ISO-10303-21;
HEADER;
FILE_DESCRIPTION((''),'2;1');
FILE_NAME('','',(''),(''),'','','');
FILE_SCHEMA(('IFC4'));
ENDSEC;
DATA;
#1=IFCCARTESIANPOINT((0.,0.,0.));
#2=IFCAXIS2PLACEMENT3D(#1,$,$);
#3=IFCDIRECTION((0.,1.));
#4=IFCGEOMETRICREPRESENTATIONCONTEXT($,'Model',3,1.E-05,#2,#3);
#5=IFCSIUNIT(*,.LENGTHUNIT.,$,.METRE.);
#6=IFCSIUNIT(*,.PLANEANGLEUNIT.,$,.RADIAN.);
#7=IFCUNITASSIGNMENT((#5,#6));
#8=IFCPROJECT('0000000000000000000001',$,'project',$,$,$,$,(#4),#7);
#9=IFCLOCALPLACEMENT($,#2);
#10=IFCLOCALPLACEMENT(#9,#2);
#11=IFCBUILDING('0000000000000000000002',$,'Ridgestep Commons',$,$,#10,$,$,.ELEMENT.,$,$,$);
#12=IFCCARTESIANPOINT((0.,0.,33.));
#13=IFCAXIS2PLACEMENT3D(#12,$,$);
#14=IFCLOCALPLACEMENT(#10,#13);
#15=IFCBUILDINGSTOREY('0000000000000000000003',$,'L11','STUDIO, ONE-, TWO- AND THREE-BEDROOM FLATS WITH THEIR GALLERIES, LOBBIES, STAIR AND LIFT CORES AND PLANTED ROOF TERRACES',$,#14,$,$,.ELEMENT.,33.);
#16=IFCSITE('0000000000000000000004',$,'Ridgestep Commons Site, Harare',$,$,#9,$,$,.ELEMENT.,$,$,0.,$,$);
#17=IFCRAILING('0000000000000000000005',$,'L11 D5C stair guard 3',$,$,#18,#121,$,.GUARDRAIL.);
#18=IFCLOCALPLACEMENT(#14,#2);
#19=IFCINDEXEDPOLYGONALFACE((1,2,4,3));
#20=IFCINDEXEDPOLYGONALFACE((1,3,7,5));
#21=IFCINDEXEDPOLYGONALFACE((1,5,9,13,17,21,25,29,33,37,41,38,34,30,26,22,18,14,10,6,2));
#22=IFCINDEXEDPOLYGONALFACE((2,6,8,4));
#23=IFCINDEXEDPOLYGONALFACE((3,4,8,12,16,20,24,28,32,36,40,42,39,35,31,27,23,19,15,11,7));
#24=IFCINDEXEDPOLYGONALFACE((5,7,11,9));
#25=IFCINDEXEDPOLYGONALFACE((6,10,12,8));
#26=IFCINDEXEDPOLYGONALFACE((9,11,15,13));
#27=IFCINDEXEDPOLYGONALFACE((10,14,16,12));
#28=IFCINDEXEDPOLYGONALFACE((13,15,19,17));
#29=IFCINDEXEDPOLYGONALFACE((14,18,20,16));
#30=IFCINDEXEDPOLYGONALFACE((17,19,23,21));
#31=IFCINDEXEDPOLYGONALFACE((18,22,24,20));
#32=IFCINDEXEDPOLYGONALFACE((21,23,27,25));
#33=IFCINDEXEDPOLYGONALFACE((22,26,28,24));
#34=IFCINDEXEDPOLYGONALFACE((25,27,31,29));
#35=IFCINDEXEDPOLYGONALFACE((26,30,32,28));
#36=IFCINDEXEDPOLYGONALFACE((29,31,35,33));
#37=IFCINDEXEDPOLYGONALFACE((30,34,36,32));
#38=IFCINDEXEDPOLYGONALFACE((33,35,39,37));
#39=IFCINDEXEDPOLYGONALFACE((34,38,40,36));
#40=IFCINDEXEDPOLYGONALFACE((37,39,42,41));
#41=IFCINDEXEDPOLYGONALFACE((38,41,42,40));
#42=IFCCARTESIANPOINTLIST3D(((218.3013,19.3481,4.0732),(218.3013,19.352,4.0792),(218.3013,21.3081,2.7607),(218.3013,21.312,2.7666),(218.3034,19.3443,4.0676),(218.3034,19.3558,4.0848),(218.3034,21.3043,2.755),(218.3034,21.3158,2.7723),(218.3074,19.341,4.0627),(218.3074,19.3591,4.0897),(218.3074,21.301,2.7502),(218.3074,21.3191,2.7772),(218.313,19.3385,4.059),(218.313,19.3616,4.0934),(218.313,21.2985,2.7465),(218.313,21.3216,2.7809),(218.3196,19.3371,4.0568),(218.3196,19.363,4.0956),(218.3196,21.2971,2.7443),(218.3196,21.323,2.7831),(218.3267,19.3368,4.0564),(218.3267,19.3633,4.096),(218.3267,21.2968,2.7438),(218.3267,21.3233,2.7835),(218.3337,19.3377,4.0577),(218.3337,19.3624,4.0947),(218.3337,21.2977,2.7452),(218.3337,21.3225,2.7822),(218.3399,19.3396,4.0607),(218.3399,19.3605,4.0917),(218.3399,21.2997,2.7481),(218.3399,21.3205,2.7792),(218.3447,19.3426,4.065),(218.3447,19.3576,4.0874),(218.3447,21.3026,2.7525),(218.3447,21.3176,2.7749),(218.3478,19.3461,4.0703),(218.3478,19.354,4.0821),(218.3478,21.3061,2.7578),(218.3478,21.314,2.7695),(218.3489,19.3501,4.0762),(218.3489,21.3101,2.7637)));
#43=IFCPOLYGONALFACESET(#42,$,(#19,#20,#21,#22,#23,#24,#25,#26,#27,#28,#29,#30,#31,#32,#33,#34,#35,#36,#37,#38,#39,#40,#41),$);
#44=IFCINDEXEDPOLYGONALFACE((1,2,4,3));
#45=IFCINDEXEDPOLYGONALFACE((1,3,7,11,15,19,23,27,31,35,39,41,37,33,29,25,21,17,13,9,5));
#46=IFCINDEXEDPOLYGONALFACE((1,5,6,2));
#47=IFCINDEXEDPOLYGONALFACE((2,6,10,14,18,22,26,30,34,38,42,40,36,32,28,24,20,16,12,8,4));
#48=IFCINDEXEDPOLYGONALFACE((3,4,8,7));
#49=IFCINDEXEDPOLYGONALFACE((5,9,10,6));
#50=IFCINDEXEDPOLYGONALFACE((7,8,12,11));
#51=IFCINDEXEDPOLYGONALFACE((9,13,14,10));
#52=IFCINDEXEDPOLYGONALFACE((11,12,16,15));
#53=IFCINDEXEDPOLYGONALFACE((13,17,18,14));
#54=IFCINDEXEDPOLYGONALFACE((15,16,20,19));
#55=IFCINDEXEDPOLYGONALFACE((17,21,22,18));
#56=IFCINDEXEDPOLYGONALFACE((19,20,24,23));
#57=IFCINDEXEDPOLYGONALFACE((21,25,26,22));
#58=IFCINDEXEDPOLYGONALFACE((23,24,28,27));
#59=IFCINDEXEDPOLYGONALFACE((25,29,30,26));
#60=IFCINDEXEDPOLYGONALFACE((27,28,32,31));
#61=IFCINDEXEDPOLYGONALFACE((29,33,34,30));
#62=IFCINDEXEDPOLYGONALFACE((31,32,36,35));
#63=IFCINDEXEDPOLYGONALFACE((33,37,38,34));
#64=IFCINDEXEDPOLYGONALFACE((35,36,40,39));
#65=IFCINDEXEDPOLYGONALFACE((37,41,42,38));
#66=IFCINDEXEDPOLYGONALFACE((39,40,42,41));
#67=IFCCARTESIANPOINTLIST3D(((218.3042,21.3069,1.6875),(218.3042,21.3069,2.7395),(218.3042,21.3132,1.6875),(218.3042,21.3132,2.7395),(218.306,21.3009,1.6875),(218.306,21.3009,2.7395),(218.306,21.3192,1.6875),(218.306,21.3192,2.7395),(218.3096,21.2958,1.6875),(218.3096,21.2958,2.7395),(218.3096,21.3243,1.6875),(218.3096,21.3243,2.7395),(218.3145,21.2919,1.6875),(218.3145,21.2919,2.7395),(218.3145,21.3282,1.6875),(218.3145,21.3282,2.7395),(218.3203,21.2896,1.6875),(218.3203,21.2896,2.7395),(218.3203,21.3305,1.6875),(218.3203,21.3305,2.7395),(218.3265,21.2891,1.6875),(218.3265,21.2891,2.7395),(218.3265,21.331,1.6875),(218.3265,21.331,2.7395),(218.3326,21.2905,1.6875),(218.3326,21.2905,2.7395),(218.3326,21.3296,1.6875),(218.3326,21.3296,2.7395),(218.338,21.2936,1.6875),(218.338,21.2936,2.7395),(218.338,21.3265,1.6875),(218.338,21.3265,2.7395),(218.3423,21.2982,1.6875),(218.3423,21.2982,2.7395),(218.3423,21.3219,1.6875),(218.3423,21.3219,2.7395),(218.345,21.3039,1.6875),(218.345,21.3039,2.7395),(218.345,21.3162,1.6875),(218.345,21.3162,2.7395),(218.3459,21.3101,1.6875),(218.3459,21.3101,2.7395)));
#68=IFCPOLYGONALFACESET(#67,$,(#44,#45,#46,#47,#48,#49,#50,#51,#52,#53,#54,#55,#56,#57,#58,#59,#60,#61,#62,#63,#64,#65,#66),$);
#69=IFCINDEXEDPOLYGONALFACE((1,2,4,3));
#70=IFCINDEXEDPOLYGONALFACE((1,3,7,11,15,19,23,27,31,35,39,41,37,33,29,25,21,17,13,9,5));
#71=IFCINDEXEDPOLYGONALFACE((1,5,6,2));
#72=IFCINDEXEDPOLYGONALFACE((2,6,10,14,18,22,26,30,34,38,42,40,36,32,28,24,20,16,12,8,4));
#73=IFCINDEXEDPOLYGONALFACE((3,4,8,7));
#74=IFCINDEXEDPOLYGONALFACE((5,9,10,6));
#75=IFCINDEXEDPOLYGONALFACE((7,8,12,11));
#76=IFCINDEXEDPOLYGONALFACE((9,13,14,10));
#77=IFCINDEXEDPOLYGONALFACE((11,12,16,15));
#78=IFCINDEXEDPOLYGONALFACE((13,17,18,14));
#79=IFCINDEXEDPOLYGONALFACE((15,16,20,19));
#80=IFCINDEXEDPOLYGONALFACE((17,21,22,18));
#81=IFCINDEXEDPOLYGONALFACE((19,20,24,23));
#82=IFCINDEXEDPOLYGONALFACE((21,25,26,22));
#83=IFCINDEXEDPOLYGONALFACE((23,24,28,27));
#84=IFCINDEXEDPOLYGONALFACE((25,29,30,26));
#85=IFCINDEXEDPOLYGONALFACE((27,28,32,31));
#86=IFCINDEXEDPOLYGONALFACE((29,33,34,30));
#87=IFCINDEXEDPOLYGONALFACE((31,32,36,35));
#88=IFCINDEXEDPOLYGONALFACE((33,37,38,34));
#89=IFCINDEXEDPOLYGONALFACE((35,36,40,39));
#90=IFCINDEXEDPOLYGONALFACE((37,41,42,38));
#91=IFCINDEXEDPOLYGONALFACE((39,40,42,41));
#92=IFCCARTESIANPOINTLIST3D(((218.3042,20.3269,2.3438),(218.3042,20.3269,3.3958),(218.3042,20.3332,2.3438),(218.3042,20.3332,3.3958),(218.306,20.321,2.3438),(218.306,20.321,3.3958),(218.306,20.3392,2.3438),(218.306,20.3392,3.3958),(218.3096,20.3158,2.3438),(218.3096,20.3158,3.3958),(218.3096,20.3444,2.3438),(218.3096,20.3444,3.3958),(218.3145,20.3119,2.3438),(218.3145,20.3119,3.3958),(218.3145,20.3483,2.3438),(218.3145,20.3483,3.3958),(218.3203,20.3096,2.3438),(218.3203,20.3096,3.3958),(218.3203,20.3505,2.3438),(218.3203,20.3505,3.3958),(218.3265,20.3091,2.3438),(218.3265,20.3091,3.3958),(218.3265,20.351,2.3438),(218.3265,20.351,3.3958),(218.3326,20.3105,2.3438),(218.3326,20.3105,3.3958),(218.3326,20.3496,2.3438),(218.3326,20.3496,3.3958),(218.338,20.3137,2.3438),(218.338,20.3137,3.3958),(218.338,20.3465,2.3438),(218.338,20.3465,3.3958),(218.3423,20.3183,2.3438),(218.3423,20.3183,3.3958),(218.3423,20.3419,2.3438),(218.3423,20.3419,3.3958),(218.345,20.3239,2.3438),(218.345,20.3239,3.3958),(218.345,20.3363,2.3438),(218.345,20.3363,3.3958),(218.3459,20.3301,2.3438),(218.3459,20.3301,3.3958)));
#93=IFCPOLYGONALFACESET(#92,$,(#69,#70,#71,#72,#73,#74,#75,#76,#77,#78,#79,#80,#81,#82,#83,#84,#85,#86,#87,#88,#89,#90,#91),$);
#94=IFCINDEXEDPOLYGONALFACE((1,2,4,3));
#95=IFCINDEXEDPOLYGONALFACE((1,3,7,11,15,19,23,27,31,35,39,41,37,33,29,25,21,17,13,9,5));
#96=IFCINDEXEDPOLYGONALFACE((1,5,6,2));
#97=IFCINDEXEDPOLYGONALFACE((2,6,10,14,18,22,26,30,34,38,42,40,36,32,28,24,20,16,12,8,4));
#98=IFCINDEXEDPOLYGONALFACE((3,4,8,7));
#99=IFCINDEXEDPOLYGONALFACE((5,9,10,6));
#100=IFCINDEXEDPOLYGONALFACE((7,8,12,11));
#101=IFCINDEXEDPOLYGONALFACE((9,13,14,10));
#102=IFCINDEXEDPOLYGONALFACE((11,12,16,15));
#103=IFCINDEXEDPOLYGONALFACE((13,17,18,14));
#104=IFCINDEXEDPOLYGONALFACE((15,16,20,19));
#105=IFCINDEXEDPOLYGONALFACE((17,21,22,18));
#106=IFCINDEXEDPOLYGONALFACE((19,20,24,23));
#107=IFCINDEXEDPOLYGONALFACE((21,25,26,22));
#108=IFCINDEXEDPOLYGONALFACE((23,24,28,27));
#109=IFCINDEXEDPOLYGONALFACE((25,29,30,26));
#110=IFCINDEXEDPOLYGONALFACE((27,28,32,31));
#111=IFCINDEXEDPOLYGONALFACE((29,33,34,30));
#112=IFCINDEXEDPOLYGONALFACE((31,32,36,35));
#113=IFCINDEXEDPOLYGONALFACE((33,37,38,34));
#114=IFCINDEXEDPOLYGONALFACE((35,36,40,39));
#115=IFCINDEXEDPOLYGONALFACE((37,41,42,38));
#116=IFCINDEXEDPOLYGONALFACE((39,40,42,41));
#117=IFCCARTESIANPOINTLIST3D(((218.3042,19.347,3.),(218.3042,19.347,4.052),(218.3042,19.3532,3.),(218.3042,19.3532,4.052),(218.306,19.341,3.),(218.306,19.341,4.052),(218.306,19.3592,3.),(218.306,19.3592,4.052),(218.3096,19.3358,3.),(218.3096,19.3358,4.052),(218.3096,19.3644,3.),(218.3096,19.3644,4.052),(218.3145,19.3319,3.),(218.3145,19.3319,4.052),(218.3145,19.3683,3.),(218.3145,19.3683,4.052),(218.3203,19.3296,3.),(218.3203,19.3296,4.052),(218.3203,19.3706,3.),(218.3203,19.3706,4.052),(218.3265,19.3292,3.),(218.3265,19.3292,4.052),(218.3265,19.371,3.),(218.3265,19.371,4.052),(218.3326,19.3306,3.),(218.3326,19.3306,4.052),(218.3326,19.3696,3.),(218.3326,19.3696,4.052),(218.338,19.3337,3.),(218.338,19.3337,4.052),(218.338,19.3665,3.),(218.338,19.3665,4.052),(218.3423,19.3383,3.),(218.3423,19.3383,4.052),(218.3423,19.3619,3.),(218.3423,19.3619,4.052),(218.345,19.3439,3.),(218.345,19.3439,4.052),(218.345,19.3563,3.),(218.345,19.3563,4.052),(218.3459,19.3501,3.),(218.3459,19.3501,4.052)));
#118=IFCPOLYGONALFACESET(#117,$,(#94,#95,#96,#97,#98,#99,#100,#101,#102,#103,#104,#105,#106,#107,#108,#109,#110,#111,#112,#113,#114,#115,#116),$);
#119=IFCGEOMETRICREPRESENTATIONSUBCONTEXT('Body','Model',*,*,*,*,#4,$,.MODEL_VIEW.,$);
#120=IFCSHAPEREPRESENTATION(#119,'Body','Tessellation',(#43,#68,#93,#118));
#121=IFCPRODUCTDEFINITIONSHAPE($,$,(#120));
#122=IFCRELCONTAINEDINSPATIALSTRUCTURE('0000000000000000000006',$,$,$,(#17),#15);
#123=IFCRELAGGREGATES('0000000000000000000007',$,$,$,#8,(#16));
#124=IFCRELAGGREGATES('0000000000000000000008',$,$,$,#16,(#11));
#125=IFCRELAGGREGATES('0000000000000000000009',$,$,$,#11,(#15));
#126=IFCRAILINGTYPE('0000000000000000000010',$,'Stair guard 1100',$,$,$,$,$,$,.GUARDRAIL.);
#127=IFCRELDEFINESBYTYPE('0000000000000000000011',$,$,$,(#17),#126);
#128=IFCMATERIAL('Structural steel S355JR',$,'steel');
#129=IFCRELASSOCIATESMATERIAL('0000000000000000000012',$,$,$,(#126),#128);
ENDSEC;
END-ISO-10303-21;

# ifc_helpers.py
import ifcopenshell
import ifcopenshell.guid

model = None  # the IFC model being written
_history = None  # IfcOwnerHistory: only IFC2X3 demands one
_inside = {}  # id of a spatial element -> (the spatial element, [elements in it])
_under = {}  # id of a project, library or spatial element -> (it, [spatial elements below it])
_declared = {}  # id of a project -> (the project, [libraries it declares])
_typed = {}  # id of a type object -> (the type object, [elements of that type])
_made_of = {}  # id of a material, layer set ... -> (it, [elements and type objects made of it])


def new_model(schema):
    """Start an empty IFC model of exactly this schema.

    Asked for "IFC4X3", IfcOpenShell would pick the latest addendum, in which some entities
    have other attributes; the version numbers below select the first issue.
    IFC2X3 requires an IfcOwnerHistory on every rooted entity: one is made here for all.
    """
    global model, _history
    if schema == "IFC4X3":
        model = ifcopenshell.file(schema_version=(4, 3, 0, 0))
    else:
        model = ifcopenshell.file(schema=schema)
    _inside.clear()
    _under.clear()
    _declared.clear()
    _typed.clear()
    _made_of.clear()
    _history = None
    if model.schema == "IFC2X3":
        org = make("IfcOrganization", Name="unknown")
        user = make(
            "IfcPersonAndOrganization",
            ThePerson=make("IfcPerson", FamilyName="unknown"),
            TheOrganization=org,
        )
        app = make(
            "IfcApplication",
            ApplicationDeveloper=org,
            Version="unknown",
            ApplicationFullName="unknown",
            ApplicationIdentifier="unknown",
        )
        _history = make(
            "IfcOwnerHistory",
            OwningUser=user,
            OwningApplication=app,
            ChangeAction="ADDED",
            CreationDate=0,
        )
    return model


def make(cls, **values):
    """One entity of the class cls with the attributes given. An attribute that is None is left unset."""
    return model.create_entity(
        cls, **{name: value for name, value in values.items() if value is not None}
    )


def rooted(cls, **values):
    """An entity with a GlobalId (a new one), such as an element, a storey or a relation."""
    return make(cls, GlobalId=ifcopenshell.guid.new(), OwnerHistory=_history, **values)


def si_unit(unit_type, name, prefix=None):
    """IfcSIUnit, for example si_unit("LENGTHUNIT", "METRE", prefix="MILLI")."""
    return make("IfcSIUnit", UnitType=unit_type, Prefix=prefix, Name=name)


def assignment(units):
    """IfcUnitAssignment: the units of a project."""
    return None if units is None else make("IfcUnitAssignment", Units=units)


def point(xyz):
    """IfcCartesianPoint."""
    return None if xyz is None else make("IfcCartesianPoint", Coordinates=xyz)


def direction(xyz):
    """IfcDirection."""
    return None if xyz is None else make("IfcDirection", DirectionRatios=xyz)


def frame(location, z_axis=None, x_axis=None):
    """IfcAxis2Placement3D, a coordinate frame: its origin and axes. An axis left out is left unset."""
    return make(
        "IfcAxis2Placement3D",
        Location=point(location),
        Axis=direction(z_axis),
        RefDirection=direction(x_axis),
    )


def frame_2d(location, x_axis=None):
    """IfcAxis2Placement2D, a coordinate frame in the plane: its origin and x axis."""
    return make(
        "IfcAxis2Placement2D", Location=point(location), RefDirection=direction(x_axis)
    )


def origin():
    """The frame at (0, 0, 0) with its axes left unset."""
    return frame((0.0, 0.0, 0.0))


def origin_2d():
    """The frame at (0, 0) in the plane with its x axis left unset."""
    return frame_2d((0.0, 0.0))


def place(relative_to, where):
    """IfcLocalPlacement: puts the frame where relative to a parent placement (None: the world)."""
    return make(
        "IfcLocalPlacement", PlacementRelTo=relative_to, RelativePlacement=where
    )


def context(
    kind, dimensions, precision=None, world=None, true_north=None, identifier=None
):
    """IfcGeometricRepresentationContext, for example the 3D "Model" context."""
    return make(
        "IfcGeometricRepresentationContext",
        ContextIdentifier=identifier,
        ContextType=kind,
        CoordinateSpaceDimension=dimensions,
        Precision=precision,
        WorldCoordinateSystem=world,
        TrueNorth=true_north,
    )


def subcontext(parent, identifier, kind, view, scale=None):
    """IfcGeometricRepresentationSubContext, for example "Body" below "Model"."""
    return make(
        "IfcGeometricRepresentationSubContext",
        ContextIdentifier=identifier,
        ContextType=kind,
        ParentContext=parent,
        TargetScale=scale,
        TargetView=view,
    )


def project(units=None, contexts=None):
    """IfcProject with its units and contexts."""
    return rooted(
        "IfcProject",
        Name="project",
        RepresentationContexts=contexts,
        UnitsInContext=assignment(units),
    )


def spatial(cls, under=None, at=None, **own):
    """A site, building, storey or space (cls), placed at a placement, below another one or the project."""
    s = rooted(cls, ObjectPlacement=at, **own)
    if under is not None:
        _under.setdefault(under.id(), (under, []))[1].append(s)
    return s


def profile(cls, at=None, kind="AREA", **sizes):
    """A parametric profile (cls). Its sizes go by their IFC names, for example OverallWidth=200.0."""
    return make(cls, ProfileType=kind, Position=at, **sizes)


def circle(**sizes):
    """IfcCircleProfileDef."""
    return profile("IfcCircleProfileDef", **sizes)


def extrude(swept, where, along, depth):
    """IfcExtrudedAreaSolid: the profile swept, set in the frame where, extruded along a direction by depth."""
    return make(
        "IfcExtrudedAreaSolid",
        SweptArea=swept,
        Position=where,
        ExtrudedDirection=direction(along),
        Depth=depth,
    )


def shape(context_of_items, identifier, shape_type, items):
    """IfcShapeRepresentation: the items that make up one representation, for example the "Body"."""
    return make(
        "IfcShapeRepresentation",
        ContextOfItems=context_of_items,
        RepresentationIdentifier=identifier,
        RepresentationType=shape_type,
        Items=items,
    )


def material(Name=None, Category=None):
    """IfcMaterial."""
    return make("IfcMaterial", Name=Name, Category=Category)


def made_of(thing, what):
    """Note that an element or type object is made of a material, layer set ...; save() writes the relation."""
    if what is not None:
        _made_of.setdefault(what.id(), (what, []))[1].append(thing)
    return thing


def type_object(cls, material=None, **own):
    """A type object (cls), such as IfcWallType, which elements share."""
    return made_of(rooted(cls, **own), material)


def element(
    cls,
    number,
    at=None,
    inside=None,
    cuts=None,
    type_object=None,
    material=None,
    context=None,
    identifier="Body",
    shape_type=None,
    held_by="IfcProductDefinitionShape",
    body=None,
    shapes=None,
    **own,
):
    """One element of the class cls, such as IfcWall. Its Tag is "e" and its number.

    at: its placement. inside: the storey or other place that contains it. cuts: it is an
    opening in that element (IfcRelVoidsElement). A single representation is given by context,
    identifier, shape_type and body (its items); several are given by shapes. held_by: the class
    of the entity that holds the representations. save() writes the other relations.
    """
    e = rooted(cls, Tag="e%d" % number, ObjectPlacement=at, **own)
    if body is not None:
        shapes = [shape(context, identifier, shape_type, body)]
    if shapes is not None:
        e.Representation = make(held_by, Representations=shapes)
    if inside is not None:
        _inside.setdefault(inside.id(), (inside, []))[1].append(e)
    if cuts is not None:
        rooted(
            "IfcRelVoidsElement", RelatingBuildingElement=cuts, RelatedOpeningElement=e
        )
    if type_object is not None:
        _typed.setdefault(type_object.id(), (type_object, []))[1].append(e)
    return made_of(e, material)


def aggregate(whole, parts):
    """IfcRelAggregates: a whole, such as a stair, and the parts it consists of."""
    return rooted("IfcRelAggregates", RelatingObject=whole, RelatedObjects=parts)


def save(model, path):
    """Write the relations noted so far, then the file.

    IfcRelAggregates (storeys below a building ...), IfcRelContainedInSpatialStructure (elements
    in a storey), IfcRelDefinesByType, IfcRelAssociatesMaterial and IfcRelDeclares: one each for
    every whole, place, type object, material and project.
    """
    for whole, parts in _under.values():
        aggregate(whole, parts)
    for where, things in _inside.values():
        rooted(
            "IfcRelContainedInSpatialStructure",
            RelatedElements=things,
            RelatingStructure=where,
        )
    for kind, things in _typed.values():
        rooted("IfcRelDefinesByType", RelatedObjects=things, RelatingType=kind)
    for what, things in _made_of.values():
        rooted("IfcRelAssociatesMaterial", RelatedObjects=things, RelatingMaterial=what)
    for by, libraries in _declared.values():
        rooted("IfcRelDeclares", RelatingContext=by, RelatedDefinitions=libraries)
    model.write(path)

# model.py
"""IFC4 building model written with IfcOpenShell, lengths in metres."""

from ifc_helpers import new_model, si_unit, direction, frame, origin, origin_2d, place, context, subcontext, project, spatial, circle, extrude, material, type_object, element, save


model = new_model("IFC4")

# Units and contexts
model_context = context("Model", 3, precision=1e-05, world=origin(), true_north=direction((0.0, 1.0)))
body_context = subcontext(model_context, "Body", "Model", "MODEL_VIEW")
ifc_project = project(units=[si_unit("LENGTHUNIT", "METRE"), si_unit("PLANEANGLEUNIT", "RADIAN")], contexts=[model_context])

# Site, building, storey
site_placement = place(None, origin())
site = spatial("IfcSite", under=ifc_project, at=site_placement, Name="Ridgestep Commons Site, Harare", CompositionType="ELEMENT", RefElevation=0.0)
building_placement = place(site_placement, origin())
building = spatial("IfcBuilding", under=site, at=building_placement, Name="Ridgestep Commons", CompositionType="ELEMENT")
storey_placement = place(building_placement, frame((0.0, 0.0, 33.0)))
storey = spatial("IfcBuildingStorey", under=building, at=storey_placement, Name="L11", Description="STUDIO, ONE-, TWO- AND THREE-BEDROOM FLATS WITH THEIR GALLERIES, LOBBIES, STAIR AND LIFT CORES AND PLANTED ROOF TERRACES", CompositionType="ELEMENT", Elevation=33.0)

# Railing
ifc_material_1 = material(Name="Structural steel S355JR", Category="steel")
railing_type_1 = type_object("IfcRailingType", Name="Stair guard 1100", PredefinedType="GUARDRAIL", material=ifc_material_1)
railing_1_placement = place(storey_placement, frame((218.325, 21.3101, 1.6875)))
element("IfcRailing", 1, at=railing_1_placement, inside=storey, type_object=railing_type_1, Name="L11 D5C stair guard 3", PredefinedType="GUARDRAIL", context=body_context, shape_type="SweptSolid", body=[
    extrude(circle(Radius=0.0239, at=origin_2d()), frame((0.0, 0.0, 1.0762), z_axis=(0.0, -0.830902, 0.556419), x_axis=(1.0, 0.0, 0.0)), (0.0, 0.0, 1.0), 2.3589),
    extrude(circle(Radius=0.021, at=origin_2d()), origin(), (0.0, 0.0, 1.0), 1.052),
    extrude(circle(Radius=0.021, at=origin_2d()), frame((0.0, -0.98, 0.6562)), (0.0, 0.0, 1.0), 1.052),
    extrude(circle(Radius=0.021, at=origin_2d()), frame((0.0, -1.96, 1.3125)), (0.0, 0.0, 1.0), 1.052),
])

save(model, "model.ifc")
